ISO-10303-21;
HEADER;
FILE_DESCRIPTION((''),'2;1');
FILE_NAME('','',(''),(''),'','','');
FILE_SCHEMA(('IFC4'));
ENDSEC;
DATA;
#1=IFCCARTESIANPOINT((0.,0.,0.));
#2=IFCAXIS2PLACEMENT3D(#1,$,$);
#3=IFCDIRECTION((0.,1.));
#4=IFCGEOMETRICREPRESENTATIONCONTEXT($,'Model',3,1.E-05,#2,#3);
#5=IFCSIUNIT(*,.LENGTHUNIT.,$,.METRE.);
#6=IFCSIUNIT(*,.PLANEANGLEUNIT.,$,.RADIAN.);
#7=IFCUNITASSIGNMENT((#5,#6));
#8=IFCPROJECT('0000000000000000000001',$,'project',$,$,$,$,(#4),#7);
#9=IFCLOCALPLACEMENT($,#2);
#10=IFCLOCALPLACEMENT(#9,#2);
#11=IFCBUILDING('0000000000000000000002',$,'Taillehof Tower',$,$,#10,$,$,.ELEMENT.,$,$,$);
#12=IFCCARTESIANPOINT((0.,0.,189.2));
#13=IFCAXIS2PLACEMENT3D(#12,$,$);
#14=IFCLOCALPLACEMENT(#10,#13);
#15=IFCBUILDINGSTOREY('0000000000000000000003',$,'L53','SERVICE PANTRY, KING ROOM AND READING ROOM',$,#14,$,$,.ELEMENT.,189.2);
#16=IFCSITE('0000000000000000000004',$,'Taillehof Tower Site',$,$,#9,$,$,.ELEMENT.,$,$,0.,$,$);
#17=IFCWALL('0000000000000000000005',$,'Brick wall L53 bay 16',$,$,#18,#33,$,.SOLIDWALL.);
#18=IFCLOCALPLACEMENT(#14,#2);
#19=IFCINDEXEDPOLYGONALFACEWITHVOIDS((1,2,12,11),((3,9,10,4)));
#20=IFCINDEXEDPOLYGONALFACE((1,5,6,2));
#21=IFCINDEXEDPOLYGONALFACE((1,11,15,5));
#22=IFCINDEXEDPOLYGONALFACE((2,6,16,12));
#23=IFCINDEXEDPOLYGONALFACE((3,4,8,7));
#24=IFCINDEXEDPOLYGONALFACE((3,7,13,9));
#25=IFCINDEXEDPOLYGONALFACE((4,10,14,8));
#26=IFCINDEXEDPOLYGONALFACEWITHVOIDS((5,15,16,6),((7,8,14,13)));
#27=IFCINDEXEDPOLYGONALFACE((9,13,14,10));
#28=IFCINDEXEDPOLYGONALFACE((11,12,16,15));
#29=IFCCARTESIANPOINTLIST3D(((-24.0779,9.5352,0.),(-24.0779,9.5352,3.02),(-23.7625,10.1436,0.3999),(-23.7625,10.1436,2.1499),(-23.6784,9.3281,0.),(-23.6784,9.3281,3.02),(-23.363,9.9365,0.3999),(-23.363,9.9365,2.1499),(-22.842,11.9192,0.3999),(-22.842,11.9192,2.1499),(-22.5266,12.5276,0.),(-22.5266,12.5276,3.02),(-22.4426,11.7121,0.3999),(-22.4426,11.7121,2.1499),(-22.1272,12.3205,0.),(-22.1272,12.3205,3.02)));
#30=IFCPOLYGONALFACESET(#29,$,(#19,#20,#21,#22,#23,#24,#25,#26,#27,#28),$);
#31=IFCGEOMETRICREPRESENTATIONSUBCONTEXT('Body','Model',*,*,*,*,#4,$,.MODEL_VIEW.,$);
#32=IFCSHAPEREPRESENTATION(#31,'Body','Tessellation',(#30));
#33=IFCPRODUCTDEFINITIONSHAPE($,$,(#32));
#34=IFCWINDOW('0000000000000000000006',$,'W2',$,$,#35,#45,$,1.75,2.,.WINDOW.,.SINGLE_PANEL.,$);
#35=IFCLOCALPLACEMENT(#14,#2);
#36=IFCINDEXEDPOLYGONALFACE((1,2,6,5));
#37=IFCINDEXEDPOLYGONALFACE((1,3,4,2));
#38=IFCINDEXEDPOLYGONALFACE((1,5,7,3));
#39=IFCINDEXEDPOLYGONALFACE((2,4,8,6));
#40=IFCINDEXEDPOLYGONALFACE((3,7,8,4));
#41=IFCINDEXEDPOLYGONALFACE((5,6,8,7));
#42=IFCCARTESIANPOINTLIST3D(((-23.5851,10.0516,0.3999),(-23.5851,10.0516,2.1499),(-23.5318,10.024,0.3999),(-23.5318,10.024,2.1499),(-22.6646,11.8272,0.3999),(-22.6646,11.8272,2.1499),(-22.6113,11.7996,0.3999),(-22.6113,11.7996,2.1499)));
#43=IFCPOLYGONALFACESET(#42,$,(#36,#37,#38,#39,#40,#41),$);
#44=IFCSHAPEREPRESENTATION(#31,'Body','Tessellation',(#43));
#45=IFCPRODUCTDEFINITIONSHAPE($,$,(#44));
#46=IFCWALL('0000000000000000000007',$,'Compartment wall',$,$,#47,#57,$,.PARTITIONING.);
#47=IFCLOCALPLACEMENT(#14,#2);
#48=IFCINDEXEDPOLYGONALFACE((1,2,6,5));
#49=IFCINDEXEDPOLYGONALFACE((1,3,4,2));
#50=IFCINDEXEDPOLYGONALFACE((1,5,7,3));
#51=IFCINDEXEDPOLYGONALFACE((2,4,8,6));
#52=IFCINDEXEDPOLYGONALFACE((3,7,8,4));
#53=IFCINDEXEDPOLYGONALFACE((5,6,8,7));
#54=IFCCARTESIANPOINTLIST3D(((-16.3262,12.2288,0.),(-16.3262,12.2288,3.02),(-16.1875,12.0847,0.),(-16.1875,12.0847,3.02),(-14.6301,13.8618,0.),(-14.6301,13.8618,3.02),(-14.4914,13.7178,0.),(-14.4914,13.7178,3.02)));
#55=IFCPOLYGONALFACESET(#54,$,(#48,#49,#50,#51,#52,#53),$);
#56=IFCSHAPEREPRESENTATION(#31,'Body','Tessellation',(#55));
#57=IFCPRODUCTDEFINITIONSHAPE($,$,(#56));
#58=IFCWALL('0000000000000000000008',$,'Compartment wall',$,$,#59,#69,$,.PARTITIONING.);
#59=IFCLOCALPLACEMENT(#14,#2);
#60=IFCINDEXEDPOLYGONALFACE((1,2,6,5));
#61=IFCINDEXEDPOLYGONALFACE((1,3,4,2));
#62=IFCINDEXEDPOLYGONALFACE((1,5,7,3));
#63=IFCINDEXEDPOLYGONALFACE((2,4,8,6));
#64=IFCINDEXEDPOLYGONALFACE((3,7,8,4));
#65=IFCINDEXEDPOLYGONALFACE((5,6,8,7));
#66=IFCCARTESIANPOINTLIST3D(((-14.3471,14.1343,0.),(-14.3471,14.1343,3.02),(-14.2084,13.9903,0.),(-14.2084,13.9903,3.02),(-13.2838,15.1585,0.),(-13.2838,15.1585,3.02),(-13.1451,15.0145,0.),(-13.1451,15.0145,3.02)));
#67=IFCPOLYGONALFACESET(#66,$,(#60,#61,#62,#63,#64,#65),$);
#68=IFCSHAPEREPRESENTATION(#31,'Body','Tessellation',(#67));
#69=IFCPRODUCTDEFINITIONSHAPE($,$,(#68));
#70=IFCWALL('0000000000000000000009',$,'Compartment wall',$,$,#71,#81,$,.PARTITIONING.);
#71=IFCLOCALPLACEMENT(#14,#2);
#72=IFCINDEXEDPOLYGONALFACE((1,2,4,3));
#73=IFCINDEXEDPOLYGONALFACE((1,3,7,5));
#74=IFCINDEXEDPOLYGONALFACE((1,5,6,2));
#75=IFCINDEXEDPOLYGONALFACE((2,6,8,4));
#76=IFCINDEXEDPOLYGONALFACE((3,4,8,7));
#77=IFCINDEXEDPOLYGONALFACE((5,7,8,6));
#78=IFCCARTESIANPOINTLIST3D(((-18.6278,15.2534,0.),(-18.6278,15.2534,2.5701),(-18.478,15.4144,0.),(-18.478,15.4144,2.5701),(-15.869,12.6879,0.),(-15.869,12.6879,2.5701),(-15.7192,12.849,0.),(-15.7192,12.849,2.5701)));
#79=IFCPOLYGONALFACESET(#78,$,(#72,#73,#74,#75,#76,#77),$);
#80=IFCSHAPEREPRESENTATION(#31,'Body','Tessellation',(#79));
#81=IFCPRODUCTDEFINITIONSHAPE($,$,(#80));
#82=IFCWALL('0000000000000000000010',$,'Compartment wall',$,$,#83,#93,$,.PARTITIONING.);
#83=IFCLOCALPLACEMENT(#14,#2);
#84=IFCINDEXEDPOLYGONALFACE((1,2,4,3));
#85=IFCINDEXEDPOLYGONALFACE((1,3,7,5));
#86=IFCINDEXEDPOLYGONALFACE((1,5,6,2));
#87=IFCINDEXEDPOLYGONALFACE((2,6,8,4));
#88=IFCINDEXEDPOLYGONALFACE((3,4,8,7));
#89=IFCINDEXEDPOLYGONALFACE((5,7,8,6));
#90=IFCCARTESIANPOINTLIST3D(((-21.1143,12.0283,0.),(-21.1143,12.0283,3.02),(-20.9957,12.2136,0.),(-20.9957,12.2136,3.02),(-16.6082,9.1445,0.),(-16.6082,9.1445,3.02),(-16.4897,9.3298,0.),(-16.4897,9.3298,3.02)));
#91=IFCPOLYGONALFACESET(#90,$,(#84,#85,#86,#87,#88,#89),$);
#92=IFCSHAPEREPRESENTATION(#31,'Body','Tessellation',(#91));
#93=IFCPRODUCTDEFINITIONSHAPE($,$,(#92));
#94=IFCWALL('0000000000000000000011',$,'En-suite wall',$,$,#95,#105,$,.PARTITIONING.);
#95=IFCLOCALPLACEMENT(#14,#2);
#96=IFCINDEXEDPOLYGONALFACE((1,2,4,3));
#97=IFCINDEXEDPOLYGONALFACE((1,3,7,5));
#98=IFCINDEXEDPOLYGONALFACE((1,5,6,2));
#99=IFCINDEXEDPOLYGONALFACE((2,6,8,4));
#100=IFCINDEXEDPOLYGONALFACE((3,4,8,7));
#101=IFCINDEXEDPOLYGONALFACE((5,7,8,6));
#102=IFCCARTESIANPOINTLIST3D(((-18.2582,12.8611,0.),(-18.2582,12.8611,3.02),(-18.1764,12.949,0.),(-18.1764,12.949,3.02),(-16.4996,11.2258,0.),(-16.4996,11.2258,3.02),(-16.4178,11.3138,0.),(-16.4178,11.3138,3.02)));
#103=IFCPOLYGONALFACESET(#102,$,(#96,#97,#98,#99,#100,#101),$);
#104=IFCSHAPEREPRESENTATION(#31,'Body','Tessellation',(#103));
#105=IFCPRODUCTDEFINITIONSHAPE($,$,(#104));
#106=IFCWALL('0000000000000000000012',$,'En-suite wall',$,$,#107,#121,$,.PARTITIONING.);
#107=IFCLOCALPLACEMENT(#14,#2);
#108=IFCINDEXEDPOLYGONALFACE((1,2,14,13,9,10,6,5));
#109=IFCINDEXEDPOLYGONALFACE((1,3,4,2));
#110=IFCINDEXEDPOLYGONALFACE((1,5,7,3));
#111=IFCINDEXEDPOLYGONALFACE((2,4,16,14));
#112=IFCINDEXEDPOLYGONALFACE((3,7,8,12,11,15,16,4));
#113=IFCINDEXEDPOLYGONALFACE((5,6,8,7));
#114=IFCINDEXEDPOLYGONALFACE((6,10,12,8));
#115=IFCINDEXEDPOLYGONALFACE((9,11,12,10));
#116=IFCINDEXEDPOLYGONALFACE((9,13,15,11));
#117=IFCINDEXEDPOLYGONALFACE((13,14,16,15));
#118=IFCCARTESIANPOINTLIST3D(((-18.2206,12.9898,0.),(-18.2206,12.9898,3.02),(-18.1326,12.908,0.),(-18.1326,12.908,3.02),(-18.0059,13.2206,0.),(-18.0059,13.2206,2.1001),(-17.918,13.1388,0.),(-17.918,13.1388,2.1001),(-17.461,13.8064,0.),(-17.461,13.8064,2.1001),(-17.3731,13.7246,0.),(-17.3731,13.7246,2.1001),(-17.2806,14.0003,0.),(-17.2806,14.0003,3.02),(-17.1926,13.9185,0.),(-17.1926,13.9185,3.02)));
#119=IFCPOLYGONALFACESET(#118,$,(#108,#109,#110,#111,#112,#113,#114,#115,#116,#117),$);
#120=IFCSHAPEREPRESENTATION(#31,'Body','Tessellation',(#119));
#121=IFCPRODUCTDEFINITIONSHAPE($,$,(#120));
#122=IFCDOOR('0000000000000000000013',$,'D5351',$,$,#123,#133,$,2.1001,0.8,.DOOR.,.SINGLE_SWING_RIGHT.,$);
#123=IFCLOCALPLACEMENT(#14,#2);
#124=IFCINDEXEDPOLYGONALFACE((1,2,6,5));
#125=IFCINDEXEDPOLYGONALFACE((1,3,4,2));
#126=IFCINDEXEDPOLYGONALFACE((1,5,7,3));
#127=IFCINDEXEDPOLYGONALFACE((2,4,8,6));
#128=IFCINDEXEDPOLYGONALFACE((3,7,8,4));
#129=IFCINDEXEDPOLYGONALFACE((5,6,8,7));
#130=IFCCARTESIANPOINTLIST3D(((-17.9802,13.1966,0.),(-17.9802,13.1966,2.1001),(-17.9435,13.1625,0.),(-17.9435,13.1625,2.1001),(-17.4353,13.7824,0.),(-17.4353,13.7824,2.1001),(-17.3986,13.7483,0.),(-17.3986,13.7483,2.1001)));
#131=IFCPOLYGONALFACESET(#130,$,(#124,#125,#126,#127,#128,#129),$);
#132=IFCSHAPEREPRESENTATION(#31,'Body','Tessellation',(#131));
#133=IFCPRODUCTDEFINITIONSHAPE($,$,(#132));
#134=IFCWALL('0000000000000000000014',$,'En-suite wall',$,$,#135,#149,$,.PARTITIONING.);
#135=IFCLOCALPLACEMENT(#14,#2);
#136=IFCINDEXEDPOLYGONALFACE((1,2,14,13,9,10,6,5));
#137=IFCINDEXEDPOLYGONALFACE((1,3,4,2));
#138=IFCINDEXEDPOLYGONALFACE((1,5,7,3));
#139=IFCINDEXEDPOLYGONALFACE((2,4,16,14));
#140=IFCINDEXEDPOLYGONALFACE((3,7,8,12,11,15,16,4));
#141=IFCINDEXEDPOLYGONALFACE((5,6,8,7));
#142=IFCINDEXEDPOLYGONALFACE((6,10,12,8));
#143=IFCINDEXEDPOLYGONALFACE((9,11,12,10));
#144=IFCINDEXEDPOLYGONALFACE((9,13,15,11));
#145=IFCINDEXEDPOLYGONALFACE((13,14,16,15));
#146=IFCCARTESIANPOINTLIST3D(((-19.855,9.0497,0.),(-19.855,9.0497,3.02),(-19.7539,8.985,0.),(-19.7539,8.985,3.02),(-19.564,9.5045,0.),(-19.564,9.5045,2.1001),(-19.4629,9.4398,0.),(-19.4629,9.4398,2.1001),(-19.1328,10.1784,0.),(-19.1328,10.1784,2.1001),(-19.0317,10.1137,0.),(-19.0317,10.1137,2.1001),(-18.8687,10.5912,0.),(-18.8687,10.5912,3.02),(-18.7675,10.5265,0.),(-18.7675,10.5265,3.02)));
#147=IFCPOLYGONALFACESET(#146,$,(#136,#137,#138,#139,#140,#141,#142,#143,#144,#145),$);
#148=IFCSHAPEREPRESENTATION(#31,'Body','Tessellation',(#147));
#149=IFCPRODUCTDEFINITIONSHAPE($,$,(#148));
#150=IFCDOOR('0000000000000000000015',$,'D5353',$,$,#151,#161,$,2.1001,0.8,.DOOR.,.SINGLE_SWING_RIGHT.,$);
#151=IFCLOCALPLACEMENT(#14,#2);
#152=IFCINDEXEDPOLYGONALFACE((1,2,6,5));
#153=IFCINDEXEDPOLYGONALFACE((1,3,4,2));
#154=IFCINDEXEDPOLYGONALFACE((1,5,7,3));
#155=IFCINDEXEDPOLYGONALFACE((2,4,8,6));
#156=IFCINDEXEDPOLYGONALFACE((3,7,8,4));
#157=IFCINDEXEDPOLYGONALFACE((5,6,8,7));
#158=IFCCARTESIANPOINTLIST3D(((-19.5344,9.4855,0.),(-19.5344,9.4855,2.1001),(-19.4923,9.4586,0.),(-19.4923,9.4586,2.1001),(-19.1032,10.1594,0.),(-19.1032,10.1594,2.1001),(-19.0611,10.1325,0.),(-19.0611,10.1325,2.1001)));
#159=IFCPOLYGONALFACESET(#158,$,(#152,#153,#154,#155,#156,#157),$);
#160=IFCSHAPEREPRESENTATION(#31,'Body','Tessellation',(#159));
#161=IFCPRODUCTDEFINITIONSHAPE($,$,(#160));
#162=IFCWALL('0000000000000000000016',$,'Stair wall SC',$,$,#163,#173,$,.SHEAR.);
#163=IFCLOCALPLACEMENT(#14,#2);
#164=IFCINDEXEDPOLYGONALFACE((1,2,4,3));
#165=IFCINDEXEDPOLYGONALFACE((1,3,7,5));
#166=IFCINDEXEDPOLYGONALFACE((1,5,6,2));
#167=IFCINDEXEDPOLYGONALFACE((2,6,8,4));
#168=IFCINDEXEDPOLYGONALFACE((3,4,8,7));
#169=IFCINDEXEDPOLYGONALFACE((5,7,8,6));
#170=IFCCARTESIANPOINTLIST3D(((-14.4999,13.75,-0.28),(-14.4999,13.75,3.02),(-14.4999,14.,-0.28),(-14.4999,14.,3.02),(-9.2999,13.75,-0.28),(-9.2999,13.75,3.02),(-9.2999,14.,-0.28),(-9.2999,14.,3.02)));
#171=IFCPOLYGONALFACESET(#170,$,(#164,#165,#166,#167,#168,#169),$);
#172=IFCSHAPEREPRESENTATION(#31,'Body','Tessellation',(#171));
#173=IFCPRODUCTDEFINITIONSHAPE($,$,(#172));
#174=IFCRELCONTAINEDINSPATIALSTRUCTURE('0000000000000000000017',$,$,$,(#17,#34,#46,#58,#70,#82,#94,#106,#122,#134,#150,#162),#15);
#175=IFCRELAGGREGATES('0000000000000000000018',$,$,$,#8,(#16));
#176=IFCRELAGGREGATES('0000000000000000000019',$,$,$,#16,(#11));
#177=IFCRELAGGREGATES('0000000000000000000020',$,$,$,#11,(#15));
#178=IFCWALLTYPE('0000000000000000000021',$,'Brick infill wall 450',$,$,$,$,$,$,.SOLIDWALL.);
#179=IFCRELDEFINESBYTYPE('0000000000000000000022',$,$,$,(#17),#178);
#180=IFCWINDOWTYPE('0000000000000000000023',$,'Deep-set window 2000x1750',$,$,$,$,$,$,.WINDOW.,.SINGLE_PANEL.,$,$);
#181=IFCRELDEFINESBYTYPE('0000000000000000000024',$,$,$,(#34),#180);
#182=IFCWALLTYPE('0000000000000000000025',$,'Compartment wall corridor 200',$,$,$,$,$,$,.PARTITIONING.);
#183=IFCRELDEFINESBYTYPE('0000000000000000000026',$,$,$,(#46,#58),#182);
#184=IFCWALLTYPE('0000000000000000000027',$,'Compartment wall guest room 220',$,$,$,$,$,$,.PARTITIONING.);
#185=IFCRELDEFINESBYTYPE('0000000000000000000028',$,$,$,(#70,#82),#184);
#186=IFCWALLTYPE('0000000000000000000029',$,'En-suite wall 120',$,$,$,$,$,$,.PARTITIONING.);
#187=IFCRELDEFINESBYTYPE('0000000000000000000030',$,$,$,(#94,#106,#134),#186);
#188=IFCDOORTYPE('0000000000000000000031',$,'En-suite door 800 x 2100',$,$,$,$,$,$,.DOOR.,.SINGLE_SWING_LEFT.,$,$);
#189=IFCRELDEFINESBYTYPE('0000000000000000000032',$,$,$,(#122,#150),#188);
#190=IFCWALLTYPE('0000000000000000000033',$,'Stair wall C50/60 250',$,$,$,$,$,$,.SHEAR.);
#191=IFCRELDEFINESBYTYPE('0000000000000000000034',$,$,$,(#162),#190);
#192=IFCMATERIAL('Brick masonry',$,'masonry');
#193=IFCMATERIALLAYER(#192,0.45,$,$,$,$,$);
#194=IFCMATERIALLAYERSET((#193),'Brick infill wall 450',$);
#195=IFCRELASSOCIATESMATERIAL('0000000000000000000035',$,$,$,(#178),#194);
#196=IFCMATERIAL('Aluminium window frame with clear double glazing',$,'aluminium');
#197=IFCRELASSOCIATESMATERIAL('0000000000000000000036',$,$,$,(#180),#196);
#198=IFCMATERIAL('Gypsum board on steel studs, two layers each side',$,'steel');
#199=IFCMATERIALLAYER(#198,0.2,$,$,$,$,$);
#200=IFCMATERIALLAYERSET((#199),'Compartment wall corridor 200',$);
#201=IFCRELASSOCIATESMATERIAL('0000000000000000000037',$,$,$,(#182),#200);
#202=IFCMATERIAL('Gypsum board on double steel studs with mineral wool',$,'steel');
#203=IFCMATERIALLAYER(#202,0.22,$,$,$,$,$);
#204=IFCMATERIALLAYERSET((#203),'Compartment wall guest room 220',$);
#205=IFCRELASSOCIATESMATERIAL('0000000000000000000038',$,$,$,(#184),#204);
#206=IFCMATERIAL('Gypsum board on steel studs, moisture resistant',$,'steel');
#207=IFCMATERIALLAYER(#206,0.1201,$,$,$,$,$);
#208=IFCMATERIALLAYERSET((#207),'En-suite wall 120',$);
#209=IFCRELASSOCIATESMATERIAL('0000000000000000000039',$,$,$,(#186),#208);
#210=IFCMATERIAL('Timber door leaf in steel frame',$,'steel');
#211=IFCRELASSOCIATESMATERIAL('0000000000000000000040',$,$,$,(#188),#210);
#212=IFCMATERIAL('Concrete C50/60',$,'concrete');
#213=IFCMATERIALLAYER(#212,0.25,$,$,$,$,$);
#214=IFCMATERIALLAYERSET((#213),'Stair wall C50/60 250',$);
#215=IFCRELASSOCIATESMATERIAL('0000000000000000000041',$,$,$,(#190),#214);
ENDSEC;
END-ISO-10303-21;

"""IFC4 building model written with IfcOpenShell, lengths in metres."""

from ifc_helpers import new_model, si_unit, direction, frame, frame_2d, origin, place, context, subcontext, project, spatial, rectangle, extrude, material, layer, layer_set, type_object, element, fill, save


model = new_model("IFC4")

# Units and contexts
model_context = context("Model", 3, precision=1e-05, world=origin(), true_north=direction((0.0, 1.0)))
body_context = subcontext(model_context, "Body", "Model", "MODEL_VIEW")
ifc_project = project(units=[si_unit("LENGTHUNIT", "METRE"), si_unit("PLANEANGLEUNIT", "RADIAN")], contexts=[model_context])

# Site, building, storey
site_placement = place(None, origin())
site = spatial("IfcSite", under=ifc_project, at=site_placement, Name="Taillehof Tower Site", CompositionType="ELEMENT", RefElevation=0.0)
building_placement = place(site_placement, origin())
building = spatial("IfcBuilding", under=site, at=building_placement, Name="Taillehof Tower", CompositionType="ELEMENT")
storey_placement = place(building_placement, frame((0.0, 0.0, 189.2)))
storey = spatial("IfcBuildingStorey", under=building, at=storey_placement, Name="L53", Description="SERVICE PANTRY, KING ROOM AND READING ROOM", CompositionType="ELEMENT", Elevation=189.2)

# Wall, opening, window
ifc_material_1 = material(Name="Brick masonry", Category="masonry")
ifc_layer_1 = layer(ifc_material_1, 0.45)
ifc_layer_set_1 = layer_set([ifc_layer_1], Name="Brick infill wall 450")
wall_type_1 = type_object("IfcWallType", Name="Brick infill wall 450", PredefinedType="SOLIDWALL", material=ifc_layer_set_1)
ifc_material_2 = material(Name="Aluminium window frame with clear double glazing", Category="aluminium")
window_type = type_object("IfcWindowType", Name="Deep-set window 2000x1750", PartitioningType="SINGLE_PANEL", PredefinedType="WINDOW", material=ifc_material_2)
wall_1_placement = place(storey_placement, frame((-22.3269, 12.4241, 0.0), z_axis=(0.0, 0.0, 1.0), x_axis=(-0.460233, -0.887798, 0.0)))
wall_1 = element("IfcWall", 1, at=wall_1_placement, inside=storey, type_object=wall_type_1, Name="Brick wall L53 bay 16", PredefinedType="SOLIDWALL", context=body_context, shape_type="SweptSolid", body=[
    extrude(rectangle(XDim=3.3706, YDim=0.45, at=frame_2d((1.6853, 0.0))), origin(), (0.0, 0.0, 1.0), 3.02),
])
opening_1_placement = place(wall_1_placement, frame((0.6853, 0.0, 0.3999)))
opening_1 = element("IfcOpeningElement", 2, at=opening_1_placement, cuts=wall_1, PredefinedType="OPENING", context=body_context, shape_type="SweptSolid", body=[
    extrude(rectangle(XDim=2.0, YDim=1.75, at=frame_2d((1.0, 0.875))), frame((0.0, 0.2349, 0.0), z_axis=(0.0, -1.0, 0.0), x_axis=(1.0, 0.0, 0.0)), (0.0, 0.0, 1.0), 0.47),
])
window_1_placement = place(opening_1_placement, origin())
window_1 = element("IfcWindow", 3, at=window_1_placement, inside=storey, type_object=window_type, Name="W2", OverallHeight=1.75, OverallWidth=2.0, PartitioningType="SINGLE_PANEL", PredefinedType="WINDOW", context=body_context, shape_type="SweptSolid", body=[
    extrude(rectangle(XDim=2.0, YDim=1.75, at=frame_2d((1.0, 0.875))), frame((0.0, 0.0349, 0.0), z_axis=(0.0, -1.0, 0.0), x_axis=(1.0, 0.0, 0.0)), (0.0, 0.0, 1.0), 0.0601),
])
fill(opening_1, window_1)

# Walls
ifc_material_3 = material(Name="Gypsum board on steel studs, two layers each side", Category="steel")
ifc_layer_2 = layer(ifc_material_3, 0.2)
ifc_layer_set_2 = layer_set([ifc_layer_2], Name="Compartment wall corridor 200")
wall_type_2 = type_object("IfcWallType", Name="Compartment wall corridor 200", PredefinedType="PARTITIONING", material=ifc_layer_set_2)
wall_2_placement = place(storey_placement, frame((-16.2568, 12.1567, 0.0), z_axis=(0.0, 0.0, 1.0), x_axis=(0.720357, 0.693604, 0.0)))
element("IfcWall", 4, at=wall_2_placement, inside=storey, type_object=wall_type_2, Name="Compartment wall", PredefinedType="PARTITIONING", context=body_context, shape_type="SweptSolid", body=[
    extrude(rectangle(XDim=2.3545, YDim=0.2, at=frame_2d((1.1772, 0.0))), origin(), (0.0, 0.0, 1.0), 3.02),
])
wall_3_placement = place(storey_placement, frame((-14.2778, 14.0623, 0.0), z_axis=(0.0, 0.0, 1.0), x_axis=(0.720213, 0.693753, 0.0)))
element("IfcWall", 5, at=wall_3_placement, inside=storey, type_object=wall_type_2, Name="Compartment wall", PredefinedType="PARTITIONING", context=body_context, shape_type="SweptSolid", body=[
    extrude(rectangle(XDim=1.4763, YDim=0.2, at=frame_2d((0.7383, 0.0))), origin(), (0.0, 0.0, 1.0), 3.02),
])
ifc_material_4 = material(Name="Gypsum board on double steel studs with mineral wool", Category="steel")
ifc_layer_3 = layer(ifc_material_4, 0.22)
ifc_layer_set_3 = layer_set([ifc_layer_3], Name="Compartment wall guest room 220")
wall_type_3 = type_object("IfcWallType", Name="Compartment wall guest room 220", PredefinedType="PARTITIONING", material=ifc_layer_set_3)
wall_4_placement = place(storey_placement, frame((-18.553, 15.334, 0.0), z_axis=(0.0, 0.0, 1.0), x_axis=(0.732304, -0.680978, 0.0)))
element("IfcWall", 6, at=wall_4_placement, inside=storey, type_object=wall_type_3, Name="Compartment wall", PredefinedType="PARTITIONING", context=body_context, shape_type="SweptSolid", body=[
    extrude(rectangle(XDim=3.7673, YDim=0.22, at=frame_2d((1.8838, 0.0))), origin(), (0.0, 0.0, 1.0), 2.5701),
])
wall_5_placement = place(storey_placement, frame((-21.0549, 12.1208, 0.0), z_axis=(0.0, 0.0, 1.0), x_axis=(0.842281, -0.539038, 0.0)))
element("IfcWall", 7, at=wall_5_placement, inside=storey, type_object=wall_type_3, Name="Compartment wall", PredefinedType="PARTITIONING", context=body_context, shape_type="SweptSolid", body=[
    extrude(rectangle(XDim=5.3499, YDim=0.22, at=frame_2d((2.6748, 0.0))), origin(), (0.0, 0.0, 1.0), 3.02),
])
ifc_material_5 = material(Name="Gypsum board on steel studs, moisture resistant", Category="steel")
ifc_layer_4 = layer(ifc_material_5, 0.1201)
ifc_layer_set_4 = layer_set([ifc_layer_4], Name="En-suite wall 120")
wall_type_4 = type_object("IfcWallType", Name="En-suite wall 120", PredefinedType="PARTITIONING", material=ifc_layer_set_4)
wall_6_placement = place(storey_placement, frame((-16.4587, 11.2698, 0.0), z_axis=(0.0, 0.0, 1.0), x_axis=(-0.732312, 0.68097, 0.0)))
element("IfcWall", 8, at=wall_6_placement, inside=storey, type_object=wall_type_4, Name="En-suite wall", PredefinedType="PARTITIONING", context=body_context, shape_type="SweptSolid", body=[
    extrude(rectangle(XDim=2.4014, YDim=0.1201, at=frame_2d((1.2007, 0.0))), origin(), (0.0, 0.0, 1.0), 3.02),
])

# Walls, openings, doors
wall_7_placement = place(storey_placement, frame((-18.1765, 12.949, 0.0), z_axis=(0.0, 0.0, 1.0), x_axis=(0.681082, 0.732207, 0.0)))
wall_7 = element("IfcWall", 9, at=wall_7_placement, inside=storey, type_object=wall_type_4, Name="En-suite wall", PredefinedType="PARTITIONING", context=body_context, shape_type="SweptSolid", body=[
    extrude(rectangle(XDim=1.3801, YDim=0.1201, at=frame_2d((0.6899, 0.0))), origin(), (0.0, 0.0, 1.0), 3.02),
])
opening_2_placement = place(wall_7_placement, frame((0.3152, 0.0, 0.0)))
opening_2 = element("IfcOpeningElement", 10, at=opening_2_placement, cuts=wall_7, PredefinedType="OPENING", context=body_context, shape_type="SweptSolid", body=[
    extrude(rectangle(XDim=0.8, YDim=2.1001, at=frame_2d((0.3999, 1.05))), frame((0.0, 0.0701, 0.0), z_axis=(0.0, -1.0, 0.0), x_axis=(1.0, 0.0, 0.0)), (0.0, 0.0, 1.0), 0.1401),
])
ifc_material_6 = material(Name="Timber door leaf in steel frame", Category="steel")
door_type = type_object("IfcDoorType", Name="En-suite door 800 x 2100", OperationType="SINGLE_SWING_LEFT", PredefinedType="DOOR", material=ifc_material_6)
door_1_placement = place(opening_2_placement, origin())
door_1 = element("IfcDoor", 11, at=door_1_placement, inside=storey, type_object=door_type, Name="D5351", OperationType="SINGLE_SWING_RIGHT", OverallHeight=2.1001, OverallWidth=0.8, PredefinedType="DOOR", context=body_context, shape_type="SweptSolid", body=[
    extrude(rectangle(XDim=0.8, YDim=2.1001, at=frame_2d((0.3999, 1.05))), frame((0.0, 0.0249, 0.0), z_axis=(0.0, -1.0, 0.0), x_axis=(1.0, 0.0, 0.0)), (0.0, 0.0, 1.0), 0.05),
])
fill(opening_2, door_1)
wall_8_placement = place(storey_placement, frame((-19.8044, 9.0173, 0.0), z_axis=(0.0, 0.0, 1.0), x_axis=(0.538963, 0.84233, 0.0)))
wall_8 = element("IfcWall", 12, at=wall_8_placement, inside=storey, type_object=wall_type_4, Name="En-suite wall", PredefinedType="PARTITIONING", context=body_context, shape_type="SweptSolid", body=[
    extrude(rectangle(XDim=1.8301, YDim=0.1201, at=frame_2d((0.915, 0.0))), origin(), (0.0, 0.0, 1.0), 3.02),
])
opening_3_placement = place(wall_8_placement, frame((0.54, 0.0, 0.0)))
opening_3 = element("IfcOpeningElement", 13, at=opening_3_placement, cuts=wall_8, PredefinedType="OPENING", context=body_context, shape_type="SweptSolid", body=[
    extrude(rectangle(XDim=0.8, YDim=2.1001, at=frame_2d((0.3999, 1.05))), frame((0.0, 0.0701, 0.0), z_axis=(0.0, -1.0, 0.0), x_axis=(1.0, 0.0, 0.0)), (0.0, 0.0, 1.0), 0.1401),
])
door_2_placement = place(opening_3_placement, origin())
door_2 = element("IfcDoor", 14, at=door_2_placement, inside=storey, type_object=door_type, Name="D5353", OperationType="SINGLE_SWING_RIGHT", OverallHeight=2.1001, OverallWidth=0.8, PredefinedType="DOOR", context=body_context, shape_type="SweptSolid", body=[
    extrude(rectangle(XDim=0.8, YDim=2.1001, at=frame_2d((0.3999, 1.05))), frame((0.0, 0.0249, 0.0), z_axis=(0.0, -1.0, 0.0), x_axis=(1.0, 0.0, 0.0)), (0.0, 0.0, 1.0), 0.05),
])
fill(opening_3, door_2)

# Wall
ifc_material_7 = material(Name="Concrete C50/60", Category="concrete")
ifc_layer_5 = layer(ifc_material_7, 0.25)
ifc_layer_set_5 = layer_set([ifc_layer_5], Name="Stair wall C50/60 250")
wall_type_5 = type_object("IfcWallType", Name="Stair wall C50/60 250", PredefinedType="SHEAR", material=ifc_layer_set_5)
wall_9_placement = place(storey_placement, frame((-14.5, 13.875, -0.28), z_axis=(0.0, 0.0, 1.0), x_axis=(1.0, 0.0, 0.0)))
element("IfcWall", 15, at=wall_9_placement, inside=storey, type_object=wall_type_5, Name="Stair wall SC", PredefinedType="SHEAR", context=body_context, shape_type="SweptSolid", body=[
    extrude(rectangle(XDim=5.2, YDim=0.25, at=frame_2d((2.6001, 0.0))), origin(), (0.0, 0.0, 1.0), 3.3),
])

save(model, "model.ifc")
